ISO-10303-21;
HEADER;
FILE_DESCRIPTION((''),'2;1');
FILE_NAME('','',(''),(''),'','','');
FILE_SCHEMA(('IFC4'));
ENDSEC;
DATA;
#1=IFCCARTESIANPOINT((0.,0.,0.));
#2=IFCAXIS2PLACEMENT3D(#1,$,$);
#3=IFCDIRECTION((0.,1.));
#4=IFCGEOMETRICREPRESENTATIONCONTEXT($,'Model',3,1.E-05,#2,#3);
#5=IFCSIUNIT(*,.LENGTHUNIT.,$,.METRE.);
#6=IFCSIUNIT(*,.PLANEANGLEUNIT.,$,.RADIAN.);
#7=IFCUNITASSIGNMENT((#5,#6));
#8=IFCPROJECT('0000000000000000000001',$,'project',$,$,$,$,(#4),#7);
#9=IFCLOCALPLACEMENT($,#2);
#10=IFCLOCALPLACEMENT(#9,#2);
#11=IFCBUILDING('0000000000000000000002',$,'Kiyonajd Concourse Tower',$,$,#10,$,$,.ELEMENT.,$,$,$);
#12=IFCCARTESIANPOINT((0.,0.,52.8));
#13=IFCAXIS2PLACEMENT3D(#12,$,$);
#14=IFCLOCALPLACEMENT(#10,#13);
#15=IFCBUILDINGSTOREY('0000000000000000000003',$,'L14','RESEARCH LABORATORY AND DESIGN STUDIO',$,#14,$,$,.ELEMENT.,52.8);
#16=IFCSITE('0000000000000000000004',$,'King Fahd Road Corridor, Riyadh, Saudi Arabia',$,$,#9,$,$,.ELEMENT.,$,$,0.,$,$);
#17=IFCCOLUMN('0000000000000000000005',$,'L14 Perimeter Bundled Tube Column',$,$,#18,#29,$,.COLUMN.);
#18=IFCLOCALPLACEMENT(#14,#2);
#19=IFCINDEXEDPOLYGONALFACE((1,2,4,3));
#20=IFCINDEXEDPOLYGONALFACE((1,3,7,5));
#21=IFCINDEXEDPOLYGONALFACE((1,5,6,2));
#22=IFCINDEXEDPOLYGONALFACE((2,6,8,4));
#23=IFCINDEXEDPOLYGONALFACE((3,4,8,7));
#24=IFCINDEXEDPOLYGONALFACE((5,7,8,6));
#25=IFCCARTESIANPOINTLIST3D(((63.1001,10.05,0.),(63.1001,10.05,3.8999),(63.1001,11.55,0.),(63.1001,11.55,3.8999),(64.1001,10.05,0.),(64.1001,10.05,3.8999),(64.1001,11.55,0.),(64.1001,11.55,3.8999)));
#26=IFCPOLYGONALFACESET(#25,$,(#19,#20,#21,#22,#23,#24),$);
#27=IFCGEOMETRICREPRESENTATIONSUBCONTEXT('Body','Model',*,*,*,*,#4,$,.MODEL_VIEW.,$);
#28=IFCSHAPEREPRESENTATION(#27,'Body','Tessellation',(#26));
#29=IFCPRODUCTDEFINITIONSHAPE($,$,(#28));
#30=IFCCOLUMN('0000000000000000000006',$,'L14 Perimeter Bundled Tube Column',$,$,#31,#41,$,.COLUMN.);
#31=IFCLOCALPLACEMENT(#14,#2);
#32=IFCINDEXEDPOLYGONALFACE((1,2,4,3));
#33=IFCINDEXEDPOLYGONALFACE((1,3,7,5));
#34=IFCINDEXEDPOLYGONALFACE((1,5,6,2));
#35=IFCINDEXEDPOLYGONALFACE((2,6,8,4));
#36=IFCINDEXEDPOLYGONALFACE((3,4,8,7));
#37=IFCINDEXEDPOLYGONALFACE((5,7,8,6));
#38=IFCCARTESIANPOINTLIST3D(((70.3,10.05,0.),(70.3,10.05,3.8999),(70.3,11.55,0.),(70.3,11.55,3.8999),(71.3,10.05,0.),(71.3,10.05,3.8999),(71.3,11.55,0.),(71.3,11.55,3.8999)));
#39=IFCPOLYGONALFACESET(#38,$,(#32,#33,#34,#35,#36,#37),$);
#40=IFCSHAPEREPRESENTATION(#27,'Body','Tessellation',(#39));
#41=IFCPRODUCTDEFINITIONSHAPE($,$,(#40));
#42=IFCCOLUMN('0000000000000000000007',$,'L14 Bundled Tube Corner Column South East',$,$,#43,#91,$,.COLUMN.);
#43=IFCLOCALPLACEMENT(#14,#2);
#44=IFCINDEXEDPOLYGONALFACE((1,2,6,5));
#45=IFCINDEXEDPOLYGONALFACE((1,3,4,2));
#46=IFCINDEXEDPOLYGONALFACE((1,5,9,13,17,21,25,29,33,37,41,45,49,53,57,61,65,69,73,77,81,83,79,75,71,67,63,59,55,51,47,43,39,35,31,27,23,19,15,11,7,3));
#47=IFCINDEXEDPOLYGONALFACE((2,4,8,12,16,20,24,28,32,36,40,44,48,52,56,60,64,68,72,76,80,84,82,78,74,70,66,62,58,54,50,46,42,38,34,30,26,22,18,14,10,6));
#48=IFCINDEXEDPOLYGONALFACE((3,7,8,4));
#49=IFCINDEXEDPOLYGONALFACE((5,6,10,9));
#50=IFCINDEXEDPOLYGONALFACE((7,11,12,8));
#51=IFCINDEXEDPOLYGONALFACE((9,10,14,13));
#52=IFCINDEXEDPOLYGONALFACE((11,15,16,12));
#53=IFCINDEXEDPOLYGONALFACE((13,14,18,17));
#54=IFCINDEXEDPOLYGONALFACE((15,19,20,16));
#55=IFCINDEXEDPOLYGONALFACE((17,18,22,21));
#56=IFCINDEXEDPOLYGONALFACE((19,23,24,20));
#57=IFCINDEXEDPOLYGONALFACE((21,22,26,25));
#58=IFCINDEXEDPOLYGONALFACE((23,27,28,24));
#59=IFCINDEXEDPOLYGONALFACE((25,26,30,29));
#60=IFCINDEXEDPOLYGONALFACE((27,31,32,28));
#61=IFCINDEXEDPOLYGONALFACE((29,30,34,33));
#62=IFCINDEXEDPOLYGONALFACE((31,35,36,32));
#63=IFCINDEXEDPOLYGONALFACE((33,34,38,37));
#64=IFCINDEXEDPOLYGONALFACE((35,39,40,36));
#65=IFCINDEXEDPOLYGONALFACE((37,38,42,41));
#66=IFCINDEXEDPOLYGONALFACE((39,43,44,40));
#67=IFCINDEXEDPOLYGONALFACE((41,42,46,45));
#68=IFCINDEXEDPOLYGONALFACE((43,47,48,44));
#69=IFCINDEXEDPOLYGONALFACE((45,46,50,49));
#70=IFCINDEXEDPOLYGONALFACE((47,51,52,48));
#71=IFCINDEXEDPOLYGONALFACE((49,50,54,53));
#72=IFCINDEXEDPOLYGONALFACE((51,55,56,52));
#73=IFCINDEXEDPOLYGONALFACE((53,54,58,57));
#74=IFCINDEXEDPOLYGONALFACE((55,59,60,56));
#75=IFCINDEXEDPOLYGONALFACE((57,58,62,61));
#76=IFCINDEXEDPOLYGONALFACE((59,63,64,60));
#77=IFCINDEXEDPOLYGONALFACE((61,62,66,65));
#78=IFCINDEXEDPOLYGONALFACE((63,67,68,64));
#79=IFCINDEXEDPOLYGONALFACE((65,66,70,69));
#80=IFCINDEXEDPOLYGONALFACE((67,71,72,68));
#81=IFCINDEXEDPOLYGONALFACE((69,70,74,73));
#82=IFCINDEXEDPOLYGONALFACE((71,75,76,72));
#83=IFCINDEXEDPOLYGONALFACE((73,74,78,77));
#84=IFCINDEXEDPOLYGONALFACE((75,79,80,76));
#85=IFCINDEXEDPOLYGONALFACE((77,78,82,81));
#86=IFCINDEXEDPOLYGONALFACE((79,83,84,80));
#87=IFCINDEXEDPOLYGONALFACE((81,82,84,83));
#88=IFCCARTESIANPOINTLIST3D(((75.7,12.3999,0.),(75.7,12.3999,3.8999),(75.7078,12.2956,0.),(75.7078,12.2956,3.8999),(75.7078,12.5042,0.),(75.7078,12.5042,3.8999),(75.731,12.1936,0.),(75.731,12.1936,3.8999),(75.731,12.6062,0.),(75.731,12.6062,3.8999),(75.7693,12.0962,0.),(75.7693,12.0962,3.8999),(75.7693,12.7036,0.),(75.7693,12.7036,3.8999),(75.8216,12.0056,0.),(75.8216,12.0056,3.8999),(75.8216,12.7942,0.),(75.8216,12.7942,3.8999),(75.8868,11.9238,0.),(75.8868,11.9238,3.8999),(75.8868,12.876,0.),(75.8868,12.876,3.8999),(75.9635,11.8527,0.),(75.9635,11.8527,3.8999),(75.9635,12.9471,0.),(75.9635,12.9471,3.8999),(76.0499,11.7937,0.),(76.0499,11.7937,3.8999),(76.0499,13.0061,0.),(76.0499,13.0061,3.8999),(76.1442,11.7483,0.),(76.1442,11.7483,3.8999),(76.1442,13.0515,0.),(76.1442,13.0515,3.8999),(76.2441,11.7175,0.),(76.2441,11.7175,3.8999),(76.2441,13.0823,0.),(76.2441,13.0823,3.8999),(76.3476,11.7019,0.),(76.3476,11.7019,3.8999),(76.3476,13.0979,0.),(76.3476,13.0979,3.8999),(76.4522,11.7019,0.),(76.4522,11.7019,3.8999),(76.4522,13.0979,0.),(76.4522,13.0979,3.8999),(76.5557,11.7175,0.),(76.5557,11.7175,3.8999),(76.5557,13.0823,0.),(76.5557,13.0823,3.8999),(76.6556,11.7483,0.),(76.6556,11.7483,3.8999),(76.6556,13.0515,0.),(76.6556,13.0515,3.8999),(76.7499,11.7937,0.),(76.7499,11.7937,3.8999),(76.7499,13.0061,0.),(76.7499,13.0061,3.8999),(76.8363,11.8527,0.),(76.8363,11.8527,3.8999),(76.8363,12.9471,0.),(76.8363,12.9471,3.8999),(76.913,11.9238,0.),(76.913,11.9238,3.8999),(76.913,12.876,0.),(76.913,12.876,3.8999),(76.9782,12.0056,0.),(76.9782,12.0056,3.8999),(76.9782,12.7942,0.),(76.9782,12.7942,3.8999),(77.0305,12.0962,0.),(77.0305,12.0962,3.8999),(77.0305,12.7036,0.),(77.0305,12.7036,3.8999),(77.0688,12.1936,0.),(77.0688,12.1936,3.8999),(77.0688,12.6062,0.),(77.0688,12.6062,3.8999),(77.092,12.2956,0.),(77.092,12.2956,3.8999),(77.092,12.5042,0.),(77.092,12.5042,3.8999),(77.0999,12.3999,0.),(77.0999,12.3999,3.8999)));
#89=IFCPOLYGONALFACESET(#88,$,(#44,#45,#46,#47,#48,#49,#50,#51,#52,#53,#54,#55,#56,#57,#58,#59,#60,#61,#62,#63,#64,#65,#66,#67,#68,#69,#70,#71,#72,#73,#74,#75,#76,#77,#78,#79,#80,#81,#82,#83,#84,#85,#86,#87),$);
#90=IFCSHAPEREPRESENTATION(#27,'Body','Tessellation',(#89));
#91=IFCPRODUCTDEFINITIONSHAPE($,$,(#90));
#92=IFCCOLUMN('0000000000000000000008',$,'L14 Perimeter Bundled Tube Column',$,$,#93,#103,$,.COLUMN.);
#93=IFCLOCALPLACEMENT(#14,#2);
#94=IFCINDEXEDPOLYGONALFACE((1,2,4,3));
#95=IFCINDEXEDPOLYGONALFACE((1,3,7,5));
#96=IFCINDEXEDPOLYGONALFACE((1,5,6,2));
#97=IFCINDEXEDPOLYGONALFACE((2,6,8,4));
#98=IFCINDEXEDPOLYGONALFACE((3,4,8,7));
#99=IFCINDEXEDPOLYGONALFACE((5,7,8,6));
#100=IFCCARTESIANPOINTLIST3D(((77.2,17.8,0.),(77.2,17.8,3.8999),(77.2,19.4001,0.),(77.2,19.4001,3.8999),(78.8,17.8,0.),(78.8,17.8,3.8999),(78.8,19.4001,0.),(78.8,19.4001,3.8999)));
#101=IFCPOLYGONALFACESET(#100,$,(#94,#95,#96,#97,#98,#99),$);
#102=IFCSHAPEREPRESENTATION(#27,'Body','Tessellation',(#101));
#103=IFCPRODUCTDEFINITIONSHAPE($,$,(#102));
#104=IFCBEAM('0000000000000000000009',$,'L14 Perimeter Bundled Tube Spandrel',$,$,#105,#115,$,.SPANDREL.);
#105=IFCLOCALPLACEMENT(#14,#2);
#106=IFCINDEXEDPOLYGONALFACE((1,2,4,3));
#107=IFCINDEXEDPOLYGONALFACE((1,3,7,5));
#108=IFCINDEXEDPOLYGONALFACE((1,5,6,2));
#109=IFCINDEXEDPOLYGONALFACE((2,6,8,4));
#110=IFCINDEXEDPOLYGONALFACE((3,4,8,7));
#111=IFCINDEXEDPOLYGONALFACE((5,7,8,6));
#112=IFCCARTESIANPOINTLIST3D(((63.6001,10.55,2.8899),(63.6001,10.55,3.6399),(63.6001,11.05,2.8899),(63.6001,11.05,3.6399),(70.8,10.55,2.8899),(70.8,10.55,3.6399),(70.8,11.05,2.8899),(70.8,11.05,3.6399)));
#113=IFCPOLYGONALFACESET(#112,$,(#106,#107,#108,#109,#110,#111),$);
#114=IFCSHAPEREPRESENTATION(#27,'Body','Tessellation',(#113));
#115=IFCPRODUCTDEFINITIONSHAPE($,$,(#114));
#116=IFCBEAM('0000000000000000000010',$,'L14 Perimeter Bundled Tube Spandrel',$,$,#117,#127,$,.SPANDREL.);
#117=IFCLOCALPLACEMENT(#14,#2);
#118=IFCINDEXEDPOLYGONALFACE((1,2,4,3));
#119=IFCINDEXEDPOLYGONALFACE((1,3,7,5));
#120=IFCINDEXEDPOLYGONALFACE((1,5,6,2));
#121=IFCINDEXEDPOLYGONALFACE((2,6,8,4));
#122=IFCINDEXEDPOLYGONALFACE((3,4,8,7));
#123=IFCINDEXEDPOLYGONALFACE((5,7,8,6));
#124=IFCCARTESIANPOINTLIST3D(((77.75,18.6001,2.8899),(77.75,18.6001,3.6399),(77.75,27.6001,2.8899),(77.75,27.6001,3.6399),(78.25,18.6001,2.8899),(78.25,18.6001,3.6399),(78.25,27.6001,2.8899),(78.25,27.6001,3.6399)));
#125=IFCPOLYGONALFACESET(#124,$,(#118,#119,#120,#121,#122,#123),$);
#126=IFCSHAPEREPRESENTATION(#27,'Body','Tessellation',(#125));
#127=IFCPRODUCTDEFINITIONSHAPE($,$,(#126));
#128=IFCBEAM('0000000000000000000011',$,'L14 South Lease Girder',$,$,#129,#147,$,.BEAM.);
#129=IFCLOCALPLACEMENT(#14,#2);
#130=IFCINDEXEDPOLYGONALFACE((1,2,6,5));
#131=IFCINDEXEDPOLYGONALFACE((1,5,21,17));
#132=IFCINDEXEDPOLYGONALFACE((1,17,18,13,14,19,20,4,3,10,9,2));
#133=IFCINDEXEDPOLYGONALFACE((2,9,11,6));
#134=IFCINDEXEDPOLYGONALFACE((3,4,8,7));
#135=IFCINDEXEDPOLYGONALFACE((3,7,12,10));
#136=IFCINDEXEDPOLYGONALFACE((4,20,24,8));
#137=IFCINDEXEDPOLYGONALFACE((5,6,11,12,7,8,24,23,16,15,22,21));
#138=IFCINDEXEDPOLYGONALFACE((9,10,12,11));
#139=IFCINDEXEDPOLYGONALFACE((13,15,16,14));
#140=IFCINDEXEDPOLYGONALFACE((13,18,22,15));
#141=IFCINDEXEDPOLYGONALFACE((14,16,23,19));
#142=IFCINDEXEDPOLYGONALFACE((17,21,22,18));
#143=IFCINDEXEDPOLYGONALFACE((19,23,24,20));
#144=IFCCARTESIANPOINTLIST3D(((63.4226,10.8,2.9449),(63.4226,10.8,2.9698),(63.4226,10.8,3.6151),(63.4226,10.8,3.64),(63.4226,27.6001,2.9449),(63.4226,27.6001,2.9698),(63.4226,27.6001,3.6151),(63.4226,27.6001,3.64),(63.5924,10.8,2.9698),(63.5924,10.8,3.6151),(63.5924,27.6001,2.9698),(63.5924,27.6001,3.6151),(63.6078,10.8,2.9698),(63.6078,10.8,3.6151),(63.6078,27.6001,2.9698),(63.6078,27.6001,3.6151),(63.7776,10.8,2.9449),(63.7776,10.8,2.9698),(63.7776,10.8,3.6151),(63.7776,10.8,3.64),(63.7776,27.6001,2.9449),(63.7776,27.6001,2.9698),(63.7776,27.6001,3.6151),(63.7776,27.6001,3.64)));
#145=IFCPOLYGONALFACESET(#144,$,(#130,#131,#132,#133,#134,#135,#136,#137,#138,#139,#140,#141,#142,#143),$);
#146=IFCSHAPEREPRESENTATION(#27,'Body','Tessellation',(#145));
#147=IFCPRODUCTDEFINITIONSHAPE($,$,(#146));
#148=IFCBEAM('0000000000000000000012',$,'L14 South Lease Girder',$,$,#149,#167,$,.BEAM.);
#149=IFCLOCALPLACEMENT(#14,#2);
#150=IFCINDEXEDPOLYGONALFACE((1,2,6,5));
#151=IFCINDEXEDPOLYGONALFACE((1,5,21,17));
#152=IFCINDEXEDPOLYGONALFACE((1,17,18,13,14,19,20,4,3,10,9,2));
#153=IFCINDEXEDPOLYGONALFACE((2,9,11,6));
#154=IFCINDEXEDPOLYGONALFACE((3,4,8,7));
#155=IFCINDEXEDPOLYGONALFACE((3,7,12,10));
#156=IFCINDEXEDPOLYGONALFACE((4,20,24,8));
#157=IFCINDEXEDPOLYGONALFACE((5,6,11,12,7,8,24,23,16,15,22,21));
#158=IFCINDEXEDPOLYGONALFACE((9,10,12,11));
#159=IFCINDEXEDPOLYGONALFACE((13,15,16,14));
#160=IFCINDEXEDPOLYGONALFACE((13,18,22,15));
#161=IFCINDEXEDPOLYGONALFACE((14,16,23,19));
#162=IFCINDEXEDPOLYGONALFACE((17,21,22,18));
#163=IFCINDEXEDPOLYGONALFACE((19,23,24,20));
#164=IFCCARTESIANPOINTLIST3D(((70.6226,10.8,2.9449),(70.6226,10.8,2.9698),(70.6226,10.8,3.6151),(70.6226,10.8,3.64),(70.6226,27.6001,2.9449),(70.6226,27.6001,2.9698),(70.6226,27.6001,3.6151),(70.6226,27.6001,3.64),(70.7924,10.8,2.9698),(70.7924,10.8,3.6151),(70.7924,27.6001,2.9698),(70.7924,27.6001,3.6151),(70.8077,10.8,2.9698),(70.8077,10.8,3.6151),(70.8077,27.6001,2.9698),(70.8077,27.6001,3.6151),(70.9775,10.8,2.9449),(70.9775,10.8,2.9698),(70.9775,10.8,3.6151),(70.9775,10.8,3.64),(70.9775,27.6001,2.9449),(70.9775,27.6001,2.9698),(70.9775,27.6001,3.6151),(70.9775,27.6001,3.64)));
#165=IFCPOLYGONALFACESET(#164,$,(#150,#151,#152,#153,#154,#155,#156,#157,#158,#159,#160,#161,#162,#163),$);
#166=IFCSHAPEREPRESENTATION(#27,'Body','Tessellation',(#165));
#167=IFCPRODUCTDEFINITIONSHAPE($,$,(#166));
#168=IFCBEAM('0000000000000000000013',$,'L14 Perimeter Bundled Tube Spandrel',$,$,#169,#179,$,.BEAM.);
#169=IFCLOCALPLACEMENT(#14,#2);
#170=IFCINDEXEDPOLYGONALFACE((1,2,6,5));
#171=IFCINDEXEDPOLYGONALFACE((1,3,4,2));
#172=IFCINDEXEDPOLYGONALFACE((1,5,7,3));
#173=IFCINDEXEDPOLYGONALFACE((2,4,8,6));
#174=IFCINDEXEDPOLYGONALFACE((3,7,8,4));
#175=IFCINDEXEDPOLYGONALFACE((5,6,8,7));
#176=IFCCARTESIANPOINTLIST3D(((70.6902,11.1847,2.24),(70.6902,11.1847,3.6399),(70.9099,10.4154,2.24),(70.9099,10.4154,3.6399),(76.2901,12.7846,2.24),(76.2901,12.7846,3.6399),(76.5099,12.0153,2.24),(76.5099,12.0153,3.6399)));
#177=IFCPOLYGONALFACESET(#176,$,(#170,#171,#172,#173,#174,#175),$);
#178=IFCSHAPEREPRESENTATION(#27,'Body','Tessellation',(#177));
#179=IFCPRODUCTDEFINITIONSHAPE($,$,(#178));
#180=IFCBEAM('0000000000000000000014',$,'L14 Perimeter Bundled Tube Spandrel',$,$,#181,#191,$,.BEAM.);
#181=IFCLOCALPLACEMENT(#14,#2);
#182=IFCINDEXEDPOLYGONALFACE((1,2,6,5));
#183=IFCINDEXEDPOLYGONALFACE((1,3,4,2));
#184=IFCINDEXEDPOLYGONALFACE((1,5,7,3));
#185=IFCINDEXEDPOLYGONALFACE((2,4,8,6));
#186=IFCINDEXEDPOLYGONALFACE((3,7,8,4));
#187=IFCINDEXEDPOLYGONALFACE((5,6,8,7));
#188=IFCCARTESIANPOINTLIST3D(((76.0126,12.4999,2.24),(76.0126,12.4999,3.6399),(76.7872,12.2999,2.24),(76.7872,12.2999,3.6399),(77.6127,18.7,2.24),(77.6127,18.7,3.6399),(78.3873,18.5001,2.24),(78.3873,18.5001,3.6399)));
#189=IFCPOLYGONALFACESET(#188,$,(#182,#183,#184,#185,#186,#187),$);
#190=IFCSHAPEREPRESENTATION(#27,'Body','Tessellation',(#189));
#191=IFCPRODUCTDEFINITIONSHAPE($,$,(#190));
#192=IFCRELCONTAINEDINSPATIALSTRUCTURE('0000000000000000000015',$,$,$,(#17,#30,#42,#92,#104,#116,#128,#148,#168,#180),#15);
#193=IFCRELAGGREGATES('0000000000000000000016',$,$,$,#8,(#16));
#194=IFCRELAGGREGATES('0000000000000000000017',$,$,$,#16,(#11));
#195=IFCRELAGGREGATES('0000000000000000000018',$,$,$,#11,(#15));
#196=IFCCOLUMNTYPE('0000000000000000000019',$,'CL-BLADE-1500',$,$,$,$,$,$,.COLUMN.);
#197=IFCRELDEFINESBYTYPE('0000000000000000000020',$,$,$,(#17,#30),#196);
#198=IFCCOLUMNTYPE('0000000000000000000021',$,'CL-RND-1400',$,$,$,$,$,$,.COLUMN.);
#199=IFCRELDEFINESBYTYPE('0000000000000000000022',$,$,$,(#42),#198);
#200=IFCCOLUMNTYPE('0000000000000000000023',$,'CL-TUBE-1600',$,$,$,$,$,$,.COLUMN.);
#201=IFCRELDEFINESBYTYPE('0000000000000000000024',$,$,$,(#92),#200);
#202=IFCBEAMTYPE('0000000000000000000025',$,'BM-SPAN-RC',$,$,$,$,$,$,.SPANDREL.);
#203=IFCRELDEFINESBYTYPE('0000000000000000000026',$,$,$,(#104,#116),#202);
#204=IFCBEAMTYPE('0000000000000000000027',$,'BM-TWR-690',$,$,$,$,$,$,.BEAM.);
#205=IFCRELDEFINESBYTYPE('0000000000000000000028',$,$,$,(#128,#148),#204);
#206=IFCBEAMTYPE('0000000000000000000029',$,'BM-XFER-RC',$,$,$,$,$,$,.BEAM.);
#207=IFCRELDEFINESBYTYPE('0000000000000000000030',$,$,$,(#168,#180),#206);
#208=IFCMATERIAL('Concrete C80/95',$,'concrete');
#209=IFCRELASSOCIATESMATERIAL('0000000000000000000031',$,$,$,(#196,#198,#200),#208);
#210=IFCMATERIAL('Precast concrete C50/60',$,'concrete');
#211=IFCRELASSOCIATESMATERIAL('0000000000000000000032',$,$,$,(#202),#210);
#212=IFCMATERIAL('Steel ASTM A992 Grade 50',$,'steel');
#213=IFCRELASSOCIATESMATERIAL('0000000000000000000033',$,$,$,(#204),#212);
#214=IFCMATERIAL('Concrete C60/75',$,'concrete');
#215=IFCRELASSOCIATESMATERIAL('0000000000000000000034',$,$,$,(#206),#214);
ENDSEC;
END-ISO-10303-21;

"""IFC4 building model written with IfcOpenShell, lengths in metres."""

from ifc_helpers import new_model, si_unit, direction, frame, origin, origin_2d, place, context, subcontext, project, spatial, rectangle, circle, i_section, extrude, material, material_profile, profile_set, type_object, element, save


model = new_model("IFC4")

# Units and contexts
model_context = context("Model", 3, precision=1e-05, world=origin(), true_north=direction((0.0, 1.0)))
body_context = subcontext(model_context, "Body", "Model", "MODEL_VIEW")
ifc_project = project(units=[si_unit("LENGTHUNIT", "METRE"), si_unit("PLANEANGLEUNIT", "RADIAN")], contexts=[model_context])

# Site, building, storey
site_placement = place(None, origin())
site = spatial("IfcSite", under=ifc_project, at=site_placement, Name="King Fahd Road Corridor, Riyadh, Saudi Arabia", CompositionType="ELEMENT", RefElevation=0.0)
building_placement = place(site_placement, origin())
building = spatial("IfcBuilding", under=site, at=building_placement, Name="Kiyonajd Concourse Tower", CompositionType="ELEMENT")
storey_placement = place(building_placement, frame((0.0, 0.0, 52.8)))
storey = spatial("IfcBuildingStorey", under=building, at=storey_placement, Name="L14", Description="RESEARCH LABORATORY AND DESIGN STUDIO", CompositionType="ELEMENT", Elevation=52.8)

# Columns
ifc_material_1 = material(Name="Concrete C80/95", Category="concrete")
ifc_material_profile_1 = material_profile(ifc_material_1, rectangle(XDim=1.0, YDim=1.5, at=origin_2d()), Name="RC-1500x1000")
ifc_profile_set_1 = profile_set([ifc_material_profile_1], Name="Concrete C80/95")
column_type_1 = type_object("IfcColumnType", Name="CL-BLADE-1500", PredefinedType="COLUMN", material=ifc_profile_set_1)
for number, where, z_axis, x_axis, name in (
    (1, (63.6001, 10.8, 0.0), (0.0, 0.0, 1.0), (1.0, 0.0, 0.0), "L14 Perimeter Bundled Tube Column"),
    (2, (70.8, 10.8, 0.0), (0.0, 0.0, 1.0), (1.0, 0.0, 0.0), "L14 Perimeter Bundled Tube Column"),
):
    element("IfcColumn", number, at=place(storey_placement, frame(where, z_axis=z_axis, x_axis=x_axis)), inside=storey, type_object=column_type_1, Name=name, PredefinedType="COLUMN", context=body_context, shape_type="SweptSolid", body=[
        extrude(rectangle(XDim=1.0, YDim=1.5, at=origin_2d()), origin(), (0.0, 0.0, 1.0), 3.8999),
    ])
ifc_material_profile_2 = material_profile(ifc_material_1, circle(Radius=0.7, at=origin_2d()), Name="RCC-D1400")
ifc_profile_set_2 = profile_set([ifc_material_profile_2], Name="Concrete C80/95")
column_type_2 = type_object("IfcColumnType", Name="CL-RND-1400", PredefinedType="COLUMN", material=ifc_profile_set_2)
column_1_placement = place(storey_placement, frame((76.3999, 12.3999, 0.0), z_axis=(0.0, 0.0, 1.0), x_axis=(1.0, 0.0, 0.0)))
element("IfcColumn", 3, at=column_1_placement, inside=storey, type_object=column_type_2, Name="L14 Bundled Tube Corner Column South East", PredefinedType="COLUMN", context=body_context, shape_type="SweptSolid", body=[
    extrude(circle(Radius=0.7, at=origin_2d()), origin(), (0.0, 0.0, 1.0), 3.8999),
])
ifc_material_profile_3 = material_profile(ifc_material_1, rectangle(XDim=1.6001, YDim=1.6001, at=origin_2d()), Name="RC-1600x1600")
ifc_profile_set_3 = profile_set([ifc_material_profile_3], Name="Concrete C80/95")
column_type_3 = type_object("IfcColumnType", Name="CL-TUBE-1600", PredefinedType="COLUMN", material=ifc_profile_set_3)
column_2_placement = place(storey_placement, frame((78.0, 18.6001, 0.0), z_axis=(0.0, 0.0, 1.0), x_axis=(1.0, 0.0, 0.0)))
element("IfcColumn", 4, at=column_2_placement, inside=storey, type_object=column_type_3, Name="L14 Perimeter Bundled Tube Column", PredefinedType="COLUMN", context=body_context, shape_type="SweptSolid", body=[
    extrude(rectangle(XDim=1.6001, YDim=1.6001, at=origin_2d()), origin(), (0.0, 0.0, 1.0), 3.8999),
])

# Beams
ifc_material_2 = material(Name="Precast concrete C50/60", Category="concrete")
ifc_material_profile_4 = material_profile(ifc_material_2, rectangle(XDim=0.5, YDim=0.75, at=origin_2d()), Name="RCBM-500x750")
ifc_profile_set_4 = profile_set([ifc_material_profile_4], Name="Precast concrete C50/60")
beam_type_1 = type_object("IfcBeamType", Name="BM-SPAN-RC", PredefinedType="SPANDREL", material=ifc_profile_set_4)
beam_1_placement = place(storey_placement, frame((63.6001, 10.8, 3.2649), z_axis=(1.0, 0.0, 0.0), x_axis=(0.0, 1.0, 0.0)))
element("IfcBeam", 5, at=beam_1_placement, inside=storey, type_object=beam_type_1, Name="L14 Perimeter Bundled Tube Spandrel", PredefinedType="SPANDREL", context=body_context, shape_type="SweptSolid", body=[
    extrude(rectangle(XDim=0.5, YDim=0.75, at=origin_2d()), origin(), (0.0, 0.0, 1.0), 7.2),
])
beam_2_placement = place(storey_placement, frame((78.0, 18.6001, 3.2649), z_axis=(0.0, 1.0, 0.0), x_axis=(-1.0, 0.0, 0.0)))
element("IfcBeam", 6, at=beam_2_placement, inside=storey, type_object=beam_type_1, Name="L14 Perimeter Bundled Tube Spandrel", PredefinedType="SPANDREL", context=body_context, shape_type="SweptSolid", body=[
    extrude(rectangle(XDim=0.5, YDim=0.75, at=origin_2d()), origin(), (0.0, 0.0, 1.0), 9.0),
])
ifc_material_3 = material(Name="Steel ASTM A992 Grade 50", Category="steel")
ifc_material_profile_5 = material_profile(ifc_material_3, i_section(OverallWidth=0.355, OverallDepth=0.6951, WebThickness=0.0154, FlangeThickness=0.0249, at=origin_2d()), Name="W690X217")
ifc_profile_set_5 = profile_set([ifc_material_profile_5], Name="Steel ASTM A992 Grade 50")
beam_type_2 = type_object("IfcBeamType", Name="BM-TWR-690", PredefinedType="BEAM", material=ifc_profile_set_5)
for number, where, z_axis, x_axis, name in (
    (7, (63.6001, 10.8, 3.2925), (0.0, 1.0, 0.0), (-1.0, 0.0, 0.0), "L14 South Lease Girder"),
    (8, (70.8, 10.8, 3.2925), (0.0, 1.0, 0.0), (-1.0, 0.0, 0.0), "L14 South Lease Girder"),
):
    element("IfcBeam", number, at=place(storey_placement, frame(where, z_axis=z_axis, x_axis=x_axis)), inside=storey, type_object=beam_type_2, Name=name, PredefinedType="BEAM", context=body_context, shape_type="SweptSolid", body=[
        extrude(i_section(OverallWidth=0.355, OverallDepth=0.6951, WebThickness=0.0154, FlangeThickness=0.0249, at=origin_2d()), origin(), (0.0, 0.0, 1.0), 16.8),
    ])
ifc_material_4 = material(Name="Concrete C60/75", Category="concrete")
ifc_material_profile_6 = material_profile(ifc_material_4, rectangle(XDim=0.8, YDim=1.3999, at=origin_2d()), Name="RCBM-800x1400")
ifc_profile_set_6 = profile_set([ifc_material_profile_6], Name="Concrete C60/75")
beam_type_3 = type_object("IfcBeamType", Name="BM-XFER-RC", PredefinedType="BEAM", material=ifc_profile_set_6)
beam_3_placement = place(storey_placement, frame((70.8, 10.8, 2.9399), z_axis=(0.961529, 0.274705, 0.0), x_axis=(-0.274705, 0.961529, 0.0)))
element("IfcBeam", 9, at=beam_3_placement, inside=storey, type_object=beam_type_3, Name="L14 Perimeter Bundled Tube Spandrel", PredefinedType="BEAM", context=body_context, shape_type="SweptSolid", body=[
    extrude(rectangle(XDim=0.8, YDim=1.3999, at=origin_2d()), origin(), (0.0, 0.0, 1.0), 5.824),
])
beam_4_placement = place(storey_placement, frame((76.3999, 12.3999, 2.9399), z_axis=(0.249885, 0.968276, 0.0), x_axis=(-0.968276, 0.249885, 0.0)))
element("IfcBeam", 10, at=beam_4_placement, inside=storey, type_object=beam_type_3, Name="L14 Perimeter Bundled Tube Spandrel", PredefinedType="BEAM", context=body_context, shape_type="SweptSolid", body=[
    extrude(rectangle(XDim=0.8, YDim=1.3999, at=origin_2d()), origin(), (0.0, 0.0, 1.0), 6.4033),
])

save(model, "model.ifc")
